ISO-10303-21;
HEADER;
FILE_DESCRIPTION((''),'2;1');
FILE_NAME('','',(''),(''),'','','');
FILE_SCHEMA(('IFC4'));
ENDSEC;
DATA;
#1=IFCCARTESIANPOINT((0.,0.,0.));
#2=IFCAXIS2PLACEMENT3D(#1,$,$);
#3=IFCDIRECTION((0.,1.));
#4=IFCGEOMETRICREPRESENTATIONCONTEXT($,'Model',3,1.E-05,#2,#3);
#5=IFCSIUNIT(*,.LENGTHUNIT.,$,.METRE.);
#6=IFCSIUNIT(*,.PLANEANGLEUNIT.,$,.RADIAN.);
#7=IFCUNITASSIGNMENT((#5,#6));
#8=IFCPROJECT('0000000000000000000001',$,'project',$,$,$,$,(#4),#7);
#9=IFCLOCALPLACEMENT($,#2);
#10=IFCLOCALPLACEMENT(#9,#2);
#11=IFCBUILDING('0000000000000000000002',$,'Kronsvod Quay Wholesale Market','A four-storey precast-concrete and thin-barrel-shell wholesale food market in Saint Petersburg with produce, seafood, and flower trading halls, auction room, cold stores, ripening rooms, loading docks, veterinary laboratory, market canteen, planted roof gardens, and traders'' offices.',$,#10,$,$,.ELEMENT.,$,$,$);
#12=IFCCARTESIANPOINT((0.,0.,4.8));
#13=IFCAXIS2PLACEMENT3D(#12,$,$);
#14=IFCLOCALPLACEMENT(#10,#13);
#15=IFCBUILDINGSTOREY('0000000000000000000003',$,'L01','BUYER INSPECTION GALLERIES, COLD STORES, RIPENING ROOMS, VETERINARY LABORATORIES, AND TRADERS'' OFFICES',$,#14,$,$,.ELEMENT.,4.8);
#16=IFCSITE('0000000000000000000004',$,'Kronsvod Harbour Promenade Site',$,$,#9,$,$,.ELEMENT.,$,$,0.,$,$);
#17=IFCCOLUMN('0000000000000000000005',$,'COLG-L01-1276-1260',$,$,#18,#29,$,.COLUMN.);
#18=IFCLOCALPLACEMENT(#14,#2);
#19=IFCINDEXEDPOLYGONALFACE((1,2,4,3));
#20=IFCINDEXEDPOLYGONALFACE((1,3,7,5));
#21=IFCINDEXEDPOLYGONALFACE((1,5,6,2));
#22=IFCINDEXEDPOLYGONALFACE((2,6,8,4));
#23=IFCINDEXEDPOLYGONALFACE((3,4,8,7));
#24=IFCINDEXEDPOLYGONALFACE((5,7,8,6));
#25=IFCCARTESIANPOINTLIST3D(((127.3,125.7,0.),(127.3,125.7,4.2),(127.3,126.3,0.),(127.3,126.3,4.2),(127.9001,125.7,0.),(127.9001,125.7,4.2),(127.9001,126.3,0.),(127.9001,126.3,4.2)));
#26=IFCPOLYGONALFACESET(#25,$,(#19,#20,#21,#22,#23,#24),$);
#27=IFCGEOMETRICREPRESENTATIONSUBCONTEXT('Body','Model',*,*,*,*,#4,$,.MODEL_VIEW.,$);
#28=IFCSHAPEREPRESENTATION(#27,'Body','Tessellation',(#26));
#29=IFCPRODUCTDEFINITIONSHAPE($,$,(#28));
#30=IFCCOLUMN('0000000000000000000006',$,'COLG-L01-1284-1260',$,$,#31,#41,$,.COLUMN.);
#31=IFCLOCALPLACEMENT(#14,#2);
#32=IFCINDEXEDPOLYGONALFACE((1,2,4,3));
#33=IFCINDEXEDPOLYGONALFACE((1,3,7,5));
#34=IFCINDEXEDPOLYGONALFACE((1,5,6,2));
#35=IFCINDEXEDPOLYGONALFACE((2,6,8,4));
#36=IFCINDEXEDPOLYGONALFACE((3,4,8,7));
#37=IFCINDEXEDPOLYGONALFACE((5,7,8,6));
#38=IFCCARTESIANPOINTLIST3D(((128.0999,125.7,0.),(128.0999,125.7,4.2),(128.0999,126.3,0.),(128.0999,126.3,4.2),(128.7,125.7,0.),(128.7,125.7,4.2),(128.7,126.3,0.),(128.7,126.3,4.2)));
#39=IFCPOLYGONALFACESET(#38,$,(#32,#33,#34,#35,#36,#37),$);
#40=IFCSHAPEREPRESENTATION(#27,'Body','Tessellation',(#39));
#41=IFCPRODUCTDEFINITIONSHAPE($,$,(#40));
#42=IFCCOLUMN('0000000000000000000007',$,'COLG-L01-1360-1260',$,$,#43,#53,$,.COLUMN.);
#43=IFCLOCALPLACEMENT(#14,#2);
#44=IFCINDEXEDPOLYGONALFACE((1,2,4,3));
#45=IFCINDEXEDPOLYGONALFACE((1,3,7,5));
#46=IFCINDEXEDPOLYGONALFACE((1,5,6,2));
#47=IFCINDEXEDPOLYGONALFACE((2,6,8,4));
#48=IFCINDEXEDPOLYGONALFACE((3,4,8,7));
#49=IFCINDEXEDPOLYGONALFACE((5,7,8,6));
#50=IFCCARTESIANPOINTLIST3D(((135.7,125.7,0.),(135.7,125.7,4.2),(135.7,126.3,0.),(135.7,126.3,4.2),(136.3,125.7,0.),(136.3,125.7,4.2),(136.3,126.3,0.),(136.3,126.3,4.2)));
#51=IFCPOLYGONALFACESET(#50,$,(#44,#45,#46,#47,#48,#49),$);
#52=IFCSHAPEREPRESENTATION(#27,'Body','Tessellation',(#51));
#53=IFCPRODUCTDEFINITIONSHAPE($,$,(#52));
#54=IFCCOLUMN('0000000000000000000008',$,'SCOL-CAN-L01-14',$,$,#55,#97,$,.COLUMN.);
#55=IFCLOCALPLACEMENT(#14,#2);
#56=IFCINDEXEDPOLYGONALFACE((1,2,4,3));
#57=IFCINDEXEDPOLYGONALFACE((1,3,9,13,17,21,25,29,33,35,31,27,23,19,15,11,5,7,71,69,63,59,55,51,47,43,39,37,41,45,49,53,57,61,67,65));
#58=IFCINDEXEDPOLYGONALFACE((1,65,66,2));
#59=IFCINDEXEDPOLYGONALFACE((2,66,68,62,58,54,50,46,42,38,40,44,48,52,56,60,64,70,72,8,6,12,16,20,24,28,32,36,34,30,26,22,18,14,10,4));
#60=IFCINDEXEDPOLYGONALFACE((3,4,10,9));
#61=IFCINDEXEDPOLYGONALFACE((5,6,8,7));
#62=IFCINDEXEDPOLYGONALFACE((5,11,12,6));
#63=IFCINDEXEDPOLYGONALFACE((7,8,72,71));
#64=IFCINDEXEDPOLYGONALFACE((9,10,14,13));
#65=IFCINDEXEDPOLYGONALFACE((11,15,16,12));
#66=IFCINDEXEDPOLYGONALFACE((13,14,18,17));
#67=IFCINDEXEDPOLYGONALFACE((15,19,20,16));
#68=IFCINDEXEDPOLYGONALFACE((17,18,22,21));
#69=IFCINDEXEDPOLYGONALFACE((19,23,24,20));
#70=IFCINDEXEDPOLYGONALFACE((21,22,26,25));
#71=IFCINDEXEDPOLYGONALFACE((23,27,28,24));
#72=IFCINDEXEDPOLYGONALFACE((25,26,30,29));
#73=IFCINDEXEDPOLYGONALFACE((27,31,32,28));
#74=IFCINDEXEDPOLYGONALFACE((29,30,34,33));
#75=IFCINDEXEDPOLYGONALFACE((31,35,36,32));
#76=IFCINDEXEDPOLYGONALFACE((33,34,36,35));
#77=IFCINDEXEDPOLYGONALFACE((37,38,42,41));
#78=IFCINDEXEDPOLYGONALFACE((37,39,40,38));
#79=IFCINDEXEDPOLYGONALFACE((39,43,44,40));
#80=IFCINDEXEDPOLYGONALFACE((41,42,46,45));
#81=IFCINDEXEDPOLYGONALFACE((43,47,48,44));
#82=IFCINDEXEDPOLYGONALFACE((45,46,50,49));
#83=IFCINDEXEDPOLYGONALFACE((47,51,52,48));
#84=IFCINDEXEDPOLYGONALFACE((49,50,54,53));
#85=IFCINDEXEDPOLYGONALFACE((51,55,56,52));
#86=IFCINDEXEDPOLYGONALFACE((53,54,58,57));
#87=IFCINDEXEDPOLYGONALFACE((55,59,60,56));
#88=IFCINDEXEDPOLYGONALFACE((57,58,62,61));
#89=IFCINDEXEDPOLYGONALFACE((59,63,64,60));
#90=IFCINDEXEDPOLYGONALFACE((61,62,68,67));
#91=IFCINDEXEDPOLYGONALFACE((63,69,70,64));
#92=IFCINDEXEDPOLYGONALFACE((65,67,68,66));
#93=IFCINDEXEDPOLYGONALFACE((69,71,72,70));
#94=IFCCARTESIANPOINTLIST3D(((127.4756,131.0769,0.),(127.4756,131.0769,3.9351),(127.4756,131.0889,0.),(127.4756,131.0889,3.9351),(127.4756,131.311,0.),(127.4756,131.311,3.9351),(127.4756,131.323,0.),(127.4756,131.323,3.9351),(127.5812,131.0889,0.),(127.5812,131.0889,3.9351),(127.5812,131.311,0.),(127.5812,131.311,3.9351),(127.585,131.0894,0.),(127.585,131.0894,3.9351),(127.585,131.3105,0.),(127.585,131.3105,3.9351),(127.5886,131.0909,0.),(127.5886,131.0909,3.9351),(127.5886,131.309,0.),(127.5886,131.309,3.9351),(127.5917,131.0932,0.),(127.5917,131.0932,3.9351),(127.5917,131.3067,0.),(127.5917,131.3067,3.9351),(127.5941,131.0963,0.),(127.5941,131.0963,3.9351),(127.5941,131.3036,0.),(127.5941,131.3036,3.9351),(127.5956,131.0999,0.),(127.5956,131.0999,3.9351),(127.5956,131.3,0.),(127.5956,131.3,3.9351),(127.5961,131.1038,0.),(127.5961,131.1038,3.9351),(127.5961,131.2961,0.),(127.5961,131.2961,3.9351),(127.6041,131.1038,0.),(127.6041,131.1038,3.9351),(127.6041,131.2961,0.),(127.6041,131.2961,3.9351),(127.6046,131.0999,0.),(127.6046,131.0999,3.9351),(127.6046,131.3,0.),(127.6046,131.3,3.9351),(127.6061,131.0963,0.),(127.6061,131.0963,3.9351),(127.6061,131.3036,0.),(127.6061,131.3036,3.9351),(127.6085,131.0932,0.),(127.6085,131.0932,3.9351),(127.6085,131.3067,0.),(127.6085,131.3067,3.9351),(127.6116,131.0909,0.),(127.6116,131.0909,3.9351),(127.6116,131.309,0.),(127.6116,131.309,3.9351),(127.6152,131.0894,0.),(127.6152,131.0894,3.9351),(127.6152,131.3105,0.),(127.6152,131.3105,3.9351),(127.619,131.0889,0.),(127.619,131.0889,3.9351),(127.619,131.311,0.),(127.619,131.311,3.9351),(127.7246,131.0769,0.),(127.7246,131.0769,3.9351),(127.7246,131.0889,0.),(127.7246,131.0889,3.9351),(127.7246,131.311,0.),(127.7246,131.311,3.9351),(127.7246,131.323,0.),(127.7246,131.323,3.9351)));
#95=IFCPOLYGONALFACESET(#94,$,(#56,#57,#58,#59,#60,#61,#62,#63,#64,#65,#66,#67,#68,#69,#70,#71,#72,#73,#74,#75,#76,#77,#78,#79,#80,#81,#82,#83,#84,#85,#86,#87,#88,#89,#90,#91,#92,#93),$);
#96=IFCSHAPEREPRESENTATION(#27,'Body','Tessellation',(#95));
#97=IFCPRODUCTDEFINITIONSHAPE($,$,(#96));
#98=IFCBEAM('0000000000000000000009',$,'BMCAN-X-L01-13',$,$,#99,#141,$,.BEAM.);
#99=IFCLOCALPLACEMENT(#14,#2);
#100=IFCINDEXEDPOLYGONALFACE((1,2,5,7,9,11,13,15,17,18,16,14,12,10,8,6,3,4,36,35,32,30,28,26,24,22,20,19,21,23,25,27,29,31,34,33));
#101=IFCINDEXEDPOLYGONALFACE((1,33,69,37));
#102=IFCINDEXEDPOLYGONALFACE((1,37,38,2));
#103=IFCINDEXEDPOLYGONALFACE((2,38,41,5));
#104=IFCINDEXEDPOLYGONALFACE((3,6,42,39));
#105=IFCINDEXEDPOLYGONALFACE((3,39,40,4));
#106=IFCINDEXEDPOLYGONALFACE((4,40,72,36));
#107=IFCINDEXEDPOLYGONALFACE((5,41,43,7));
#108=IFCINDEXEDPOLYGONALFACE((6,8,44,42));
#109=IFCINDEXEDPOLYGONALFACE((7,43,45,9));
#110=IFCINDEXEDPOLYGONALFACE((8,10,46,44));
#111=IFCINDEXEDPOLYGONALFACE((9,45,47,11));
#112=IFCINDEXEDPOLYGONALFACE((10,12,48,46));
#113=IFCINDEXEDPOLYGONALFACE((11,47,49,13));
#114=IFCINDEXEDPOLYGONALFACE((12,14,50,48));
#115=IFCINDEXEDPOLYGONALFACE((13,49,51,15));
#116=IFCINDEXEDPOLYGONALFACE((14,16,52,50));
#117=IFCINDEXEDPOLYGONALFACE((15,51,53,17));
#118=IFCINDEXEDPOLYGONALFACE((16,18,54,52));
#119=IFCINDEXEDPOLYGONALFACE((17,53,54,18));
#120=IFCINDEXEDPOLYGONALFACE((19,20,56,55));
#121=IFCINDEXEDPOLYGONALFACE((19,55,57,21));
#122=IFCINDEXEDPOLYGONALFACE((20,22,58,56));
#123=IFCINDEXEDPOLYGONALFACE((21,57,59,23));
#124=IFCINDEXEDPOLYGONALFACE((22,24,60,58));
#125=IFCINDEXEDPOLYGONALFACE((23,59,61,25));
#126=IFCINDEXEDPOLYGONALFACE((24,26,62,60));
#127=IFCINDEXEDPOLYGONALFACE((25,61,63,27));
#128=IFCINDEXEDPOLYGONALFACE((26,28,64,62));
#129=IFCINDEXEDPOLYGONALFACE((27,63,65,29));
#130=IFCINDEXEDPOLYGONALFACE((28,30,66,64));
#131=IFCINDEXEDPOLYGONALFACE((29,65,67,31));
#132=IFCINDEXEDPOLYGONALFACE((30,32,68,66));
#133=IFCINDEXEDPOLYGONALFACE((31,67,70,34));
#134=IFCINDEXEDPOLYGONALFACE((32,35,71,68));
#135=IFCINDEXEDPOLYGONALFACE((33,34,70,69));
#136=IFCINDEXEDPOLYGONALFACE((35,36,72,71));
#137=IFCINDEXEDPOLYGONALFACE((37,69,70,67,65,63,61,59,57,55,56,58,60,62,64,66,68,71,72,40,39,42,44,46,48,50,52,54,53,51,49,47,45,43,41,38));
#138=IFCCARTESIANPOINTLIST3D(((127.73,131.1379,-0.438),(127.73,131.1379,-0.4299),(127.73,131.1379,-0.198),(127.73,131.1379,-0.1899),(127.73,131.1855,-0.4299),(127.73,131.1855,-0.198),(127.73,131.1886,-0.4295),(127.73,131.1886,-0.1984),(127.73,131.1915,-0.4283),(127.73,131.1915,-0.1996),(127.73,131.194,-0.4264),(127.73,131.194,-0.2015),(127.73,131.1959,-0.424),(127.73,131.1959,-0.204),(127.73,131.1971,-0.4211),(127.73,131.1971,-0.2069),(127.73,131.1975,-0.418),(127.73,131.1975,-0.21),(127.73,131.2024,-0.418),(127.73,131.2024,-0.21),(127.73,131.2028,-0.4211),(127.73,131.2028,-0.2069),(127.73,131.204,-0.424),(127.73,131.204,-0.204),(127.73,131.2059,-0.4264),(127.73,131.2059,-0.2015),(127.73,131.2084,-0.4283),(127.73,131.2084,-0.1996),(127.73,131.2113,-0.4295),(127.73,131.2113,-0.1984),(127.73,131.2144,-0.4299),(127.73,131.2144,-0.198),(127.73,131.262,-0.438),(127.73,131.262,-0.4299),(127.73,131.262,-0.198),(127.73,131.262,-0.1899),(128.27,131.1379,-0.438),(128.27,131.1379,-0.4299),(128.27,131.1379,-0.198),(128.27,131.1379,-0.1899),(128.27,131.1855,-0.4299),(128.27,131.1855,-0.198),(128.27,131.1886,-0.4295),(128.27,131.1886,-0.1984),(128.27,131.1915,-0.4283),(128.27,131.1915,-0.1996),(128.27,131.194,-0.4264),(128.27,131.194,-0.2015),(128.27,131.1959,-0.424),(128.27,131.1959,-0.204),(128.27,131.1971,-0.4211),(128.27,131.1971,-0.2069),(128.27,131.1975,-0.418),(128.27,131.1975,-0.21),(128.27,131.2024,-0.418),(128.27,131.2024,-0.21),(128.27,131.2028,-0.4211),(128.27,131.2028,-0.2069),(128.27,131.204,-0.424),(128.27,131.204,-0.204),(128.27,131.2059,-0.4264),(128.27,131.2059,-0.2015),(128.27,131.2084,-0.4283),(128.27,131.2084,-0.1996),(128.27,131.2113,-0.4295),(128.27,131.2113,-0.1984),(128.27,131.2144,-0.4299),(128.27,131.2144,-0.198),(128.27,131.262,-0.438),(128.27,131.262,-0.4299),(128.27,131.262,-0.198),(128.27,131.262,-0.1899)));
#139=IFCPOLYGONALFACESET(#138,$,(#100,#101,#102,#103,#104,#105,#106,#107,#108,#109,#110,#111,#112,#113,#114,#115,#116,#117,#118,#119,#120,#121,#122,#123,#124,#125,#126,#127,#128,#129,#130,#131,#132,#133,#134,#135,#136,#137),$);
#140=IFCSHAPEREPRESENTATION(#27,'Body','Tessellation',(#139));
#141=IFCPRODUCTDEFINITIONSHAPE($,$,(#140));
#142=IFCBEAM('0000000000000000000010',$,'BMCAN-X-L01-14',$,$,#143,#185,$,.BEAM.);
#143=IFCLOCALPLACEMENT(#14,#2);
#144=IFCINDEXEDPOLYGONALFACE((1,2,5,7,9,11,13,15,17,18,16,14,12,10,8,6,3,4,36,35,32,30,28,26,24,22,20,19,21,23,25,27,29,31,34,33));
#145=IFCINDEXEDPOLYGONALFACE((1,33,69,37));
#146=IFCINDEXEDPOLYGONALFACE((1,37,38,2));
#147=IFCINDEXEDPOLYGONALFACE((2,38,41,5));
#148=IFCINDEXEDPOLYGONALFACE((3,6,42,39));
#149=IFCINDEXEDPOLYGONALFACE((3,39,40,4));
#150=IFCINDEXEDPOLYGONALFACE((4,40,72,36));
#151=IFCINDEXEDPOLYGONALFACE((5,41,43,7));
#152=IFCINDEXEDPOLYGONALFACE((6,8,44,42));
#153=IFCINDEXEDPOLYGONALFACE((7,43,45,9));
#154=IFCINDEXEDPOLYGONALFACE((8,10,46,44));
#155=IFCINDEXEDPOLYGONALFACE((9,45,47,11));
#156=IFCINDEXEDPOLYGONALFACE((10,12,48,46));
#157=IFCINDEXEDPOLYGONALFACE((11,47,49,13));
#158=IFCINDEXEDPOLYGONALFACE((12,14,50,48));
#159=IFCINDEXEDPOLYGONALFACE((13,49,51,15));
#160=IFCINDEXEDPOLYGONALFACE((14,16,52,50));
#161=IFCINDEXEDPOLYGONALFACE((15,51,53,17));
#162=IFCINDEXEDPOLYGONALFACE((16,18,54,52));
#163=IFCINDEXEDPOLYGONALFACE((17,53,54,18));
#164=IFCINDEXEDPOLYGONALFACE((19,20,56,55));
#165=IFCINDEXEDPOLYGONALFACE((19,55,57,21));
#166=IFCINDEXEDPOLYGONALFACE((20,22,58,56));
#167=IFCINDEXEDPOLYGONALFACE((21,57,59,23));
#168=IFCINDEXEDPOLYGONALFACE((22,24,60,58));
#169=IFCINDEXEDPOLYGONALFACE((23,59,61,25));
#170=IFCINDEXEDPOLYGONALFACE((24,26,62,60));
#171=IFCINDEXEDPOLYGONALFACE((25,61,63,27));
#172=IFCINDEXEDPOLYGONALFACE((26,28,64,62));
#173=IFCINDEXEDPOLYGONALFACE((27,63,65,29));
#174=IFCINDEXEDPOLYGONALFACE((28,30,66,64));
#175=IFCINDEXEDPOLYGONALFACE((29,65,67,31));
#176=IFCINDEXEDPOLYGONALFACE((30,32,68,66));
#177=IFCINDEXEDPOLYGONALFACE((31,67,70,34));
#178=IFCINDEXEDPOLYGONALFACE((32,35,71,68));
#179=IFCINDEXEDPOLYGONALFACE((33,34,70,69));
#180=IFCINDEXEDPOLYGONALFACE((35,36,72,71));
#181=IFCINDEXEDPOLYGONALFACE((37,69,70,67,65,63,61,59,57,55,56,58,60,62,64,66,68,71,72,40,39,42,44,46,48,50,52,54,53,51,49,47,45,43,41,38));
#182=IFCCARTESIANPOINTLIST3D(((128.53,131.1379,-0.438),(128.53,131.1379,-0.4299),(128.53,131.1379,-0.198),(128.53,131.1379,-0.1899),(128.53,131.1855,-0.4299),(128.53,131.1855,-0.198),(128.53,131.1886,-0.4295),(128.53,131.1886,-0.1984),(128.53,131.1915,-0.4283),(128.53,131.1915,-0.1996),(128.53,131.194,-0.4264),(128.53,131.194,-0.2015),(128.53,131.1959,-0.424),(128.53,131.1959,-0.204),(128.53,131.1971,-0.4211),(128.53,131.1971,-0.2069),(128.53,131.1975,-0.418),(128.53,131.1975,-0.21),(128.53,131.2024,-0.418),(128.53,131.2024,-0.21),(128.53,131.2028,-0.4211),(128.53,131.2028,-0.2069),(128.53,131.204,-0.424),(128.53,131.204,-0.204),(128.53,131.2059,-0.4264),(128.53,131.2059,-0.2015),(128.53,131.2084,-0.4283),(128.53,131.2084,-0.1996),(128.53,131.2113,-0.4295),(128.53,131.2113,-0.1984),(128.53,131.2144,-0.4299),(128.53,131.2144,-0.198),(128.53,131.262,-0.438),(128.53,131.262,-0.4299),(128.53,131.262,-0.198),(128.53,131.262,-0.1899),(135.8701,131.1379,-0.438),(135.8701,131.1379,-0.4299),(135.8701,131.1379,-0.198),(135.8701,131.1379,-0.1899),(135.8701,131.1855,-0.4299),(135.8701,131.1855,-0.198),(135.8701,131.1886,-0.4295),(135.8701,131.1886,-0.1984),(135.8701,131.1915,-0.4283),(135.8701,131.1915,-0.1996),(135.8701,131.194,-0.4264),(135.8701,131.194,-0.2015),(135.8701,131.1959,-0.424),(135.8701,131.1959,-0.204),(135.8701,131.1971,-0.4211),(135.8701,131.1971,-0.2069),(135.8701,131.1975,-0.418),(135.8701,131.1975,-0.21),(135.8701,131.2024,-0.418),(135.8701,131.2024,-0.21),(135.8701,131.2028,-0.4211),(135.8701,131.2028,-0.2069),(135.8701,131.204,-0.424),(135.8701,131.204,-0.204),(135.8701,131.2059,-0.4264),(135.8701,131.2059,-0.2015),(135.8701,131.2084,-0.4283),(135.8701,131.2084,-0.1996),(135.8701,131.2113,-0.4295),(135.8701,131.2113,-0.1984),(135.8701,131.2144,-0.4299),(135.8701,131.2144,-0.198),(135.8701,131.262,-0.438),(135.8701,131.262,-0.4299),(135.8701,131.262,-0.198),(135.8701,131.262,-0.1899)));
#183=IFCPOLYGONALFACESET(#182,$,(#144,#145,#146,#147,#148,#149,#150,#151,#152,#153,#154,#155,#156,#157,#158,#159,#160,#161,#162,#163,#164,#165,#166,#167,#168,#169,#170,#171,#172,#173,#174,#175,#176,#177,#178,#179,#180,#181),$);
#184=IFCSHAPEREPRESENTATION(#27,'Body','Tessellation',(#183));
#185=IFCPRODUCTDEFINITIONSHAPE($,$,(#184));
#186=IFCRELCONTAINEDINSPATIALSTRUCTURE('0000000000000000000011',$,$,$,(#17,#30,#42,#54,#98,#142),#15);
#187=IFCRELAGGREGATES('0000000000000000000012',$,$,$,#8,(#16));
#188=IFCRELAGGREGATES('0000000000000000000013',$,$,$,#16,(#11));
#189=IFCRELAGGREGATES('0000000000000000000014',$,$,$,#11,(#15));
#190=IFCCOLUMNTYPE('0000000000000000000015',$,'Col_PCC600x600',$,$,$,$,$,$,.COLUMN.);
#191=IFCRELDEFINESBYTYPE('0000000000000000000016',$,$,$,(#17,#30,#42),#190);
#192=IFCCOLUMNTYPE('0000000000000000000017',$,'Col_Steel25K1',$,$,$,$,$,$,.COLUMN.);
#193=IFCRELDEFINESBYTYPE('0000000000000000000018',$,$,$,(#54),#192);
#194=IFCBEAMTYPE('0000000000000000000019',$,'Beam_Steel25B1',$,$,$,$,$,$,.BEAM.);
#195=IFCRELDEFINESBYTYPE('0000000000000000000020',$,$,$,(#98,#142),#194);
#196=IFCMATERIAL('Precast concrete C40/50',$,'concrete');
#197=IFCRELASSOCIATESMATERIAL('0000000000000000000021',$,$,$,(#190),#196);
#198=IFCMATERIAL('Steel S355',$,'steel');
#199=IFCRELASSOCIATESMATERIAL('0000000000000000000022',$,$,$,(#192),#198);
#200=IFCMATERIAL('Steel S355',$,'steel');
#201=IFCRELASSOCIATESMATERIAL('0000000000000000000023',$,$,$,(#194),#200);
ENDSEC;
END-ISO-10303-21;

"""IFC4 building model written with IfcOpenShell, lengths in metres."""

from ifc_helpers import new_model, si_unit, direction, frame, origin, origin_2d, place, context, subcontext, project, spatial, rectangle, i_section, extrude, material, material_profile, profile_set, type_object, element, save


model = new_model("IFC4")

# Units and contexts
model_context = context("Model", 3, precision=1e-05, world=origin(), true_north=direction((0.0, 1.0)))
body_context = subcontext(model_context, "Body", "Model", "MODEL_VIEW")
ifc_project = project(units=[si_unit("LENGTHUNIT", "METRE"), si_unit("PLANEANGLEUNIT", "RADIAN")], contexts=[model_context])

# Site, building, storey
site_placement = place(None, origin())
site = spatial("IfcSite", under=ifc_project, at=site_placement, Name="Kronsvod Harbour Promenade Site", CompositionType="ELEMENT", RefElevation=0.0)
building_placement = place(site_placement, origin())
building = spatial("IfcBuilding", under=site, at=building_placement, Name="Kronsvod Quay Wholesale Market", Description="A four-storey precast-concrete and thin-barrel-shell wholesale food market in Saint Petersburg with produce, seafood, and flower trading halls, auction room, cold stores, ripening rooms, loading docks, veterinary laboratory, market canteen, planted roof gardens, and traders' offices.", CompositionType="ELEMENT")
storey_placement = place(building_placement, frame((0.0, 0.0, 4.8)))
storey = spatial("IfcBuildingStorey", under=building, at=storey_placement, Name="L01", Description="BUYER INSPECTION GALLERIES, COLD STORES, RIPENING ROOMS, VETERINARY LABORATORIES, AND TRADERS' OFFICES", CompositionType="ELEMENT", Elevation=4.8)

# Columns
ifc_material_1 = material(Name="Precast concrete C40/50", Category="concrete")
ifc_material_profile_1 = material_profile(ifc_material_1, rectangle(XDim=0.6001, YDim=0.6001, at=origin_2d()), Name="PCC600x600")
ifc_profile_set_1 = profile_set([ifc_material_profile_1], Name="Precast concrete C40/50")
column_type_1 = type_object("IfcColumnType", Name="Col_PCC600x600", PredefinedType="COLUMN", material=ifc_profile_set_1)
for number, where, z_axis, x_axis, name in (
    (1, (127.6001, 126.0, 0.0), (0.0, 0.0, 1.0), (1.0, 0.0, 0.0), "COLG-L01-1276-1260"),
    (2, (128.3999, 126.0, 0.0), (0.0, 0.0, 1.0), (1.0, 0.0, 0.0), "COLG-L01-1284-1260"),
    (3, (136.0, 126.0, 0.0), (0.0, 0.0, 1.0), (1.0, 0.0, 0.0), "COLG-L01-1360-1260"),
):
    element("IfcColumn", number, at=place(storey_placement, frame(where, z_axis=z_axis, x_axis=x_axis)), inside=storey, type_object=column_type_1, Name=name, PredefinedType="COLUMN", context=body_context, shape_type="SweptSolid", body=[
        extrude(rectangle(XDim=0.6001, YDim=0.6001, at=origin_2d()), origin(), (0.0, 0.0, 1.0), 4.2),
    ])
ifc_material_2 = material(Name="Steel S355", Category="steel")
ifc_material_profile_2 = material_profile(ifc_material_2, i_section(OverallWidth=0.249, OverallDepth=0.2461, WebThickness=0.0081, FlangeThickness=0.012, FilletRadius=0.0149, at=origin_2d()), Name="25K1")
ifc_profile_set_2 = profile_set([ifc_material_profile_2], Name="Steel S355")
column_type_2 = type_object("IfcColumnType", Name="Col_Steel25K1", PredefinedType="COLUMN", material=ifc_profile_set_2)
column_placement = place(storey_placement, frame((127.6001, 131.2, 0.0), z_axis=(0.0, 0.0, 1.0), x_axis=(1.0, 0.0, 0.0)))
element("IfcColumn", 4, at=column_placement, inside=storey, type_object=column_type_2, Name="SCOL-CAN-L01-14", PredefinedType="COLUMN", context=body_context, shape_type="SweptSolid", body=[
    extrude(i_section(OverallWidth=0.249, OverallDepth=0.2461, WebThickness=0.0081, FlangeThickness=0.012, FilletRadius=0.0149, at=origin_2d()), origin(), (0.0, 0.0, 1.0), 3.9351),
])

# Beams
ifc_material_3 = material(Name="Steel S355", Category="steel")
ifc_material_profile_3 = material_profile(ifc_material_3, i_section(OverallWidth=0.124, OverallDepth=0.248, WebThickness=0.0049, FlangeThickness=0.0081, FilletRadius=0.012, at=origin_2d()), Name="25B1")
ifc_profile_set_3 = profile_set([ifc_material_profile_3], Name="Steel S355")
beam_type_1 = type_object("IfcBeamType", Name="Beam_Steel25B1", PredefinedType="BEAM", material=ifc_profile_set_3)
beam_1_placement = place(storey_placement, frame((127.73, 131.2, -0.314), z_axis=(1.0, 0.0, 0.0), x_axis=(0.0, 1.0, 0.0)))
element("IfcBeam", 5, at=beam_1_placement, inside=storey, type_object=beam_type_1, Name="BMCAN-X-L01-13", PredefinedType="BEAM", context=body_context, shape_type="SweptSolid", body=[
    extrude(i_section(OverallWidth=0.124, OverallDepth=0.248, WebThickness=0.0049, FlangeThickness=0.0081, FilletRadius=0.012, at=origin_2d()), origin(), (0.0, 0.0, 1.0), 0.54),
])
beam_2_placement = place(storey_placement, frame((128.53, 131.2, -0.314), z_axis=(1.0, 0.0, 0.0), x_axis=(0.0, 1.0, 0.0)))
element("IfcBeam", 6, at=beam_2_placement, inside=storey, type_object=beam_type_1, Name="BMCAN-X-L01-14", PredefinedType="BEAM", context=body_context, shape_type="SweptSolid", body=[
    extrude(i_section(OverallWidth=0.124, OverallDepth=0.248, WebThickness=0.0049, FlangeThickness=0.0081, FilletRadius=0.012, at=origin_2d()), origin(), (0.0, 0.0, 1.0), 7.3401),
])

save(model, "model.ifc")
